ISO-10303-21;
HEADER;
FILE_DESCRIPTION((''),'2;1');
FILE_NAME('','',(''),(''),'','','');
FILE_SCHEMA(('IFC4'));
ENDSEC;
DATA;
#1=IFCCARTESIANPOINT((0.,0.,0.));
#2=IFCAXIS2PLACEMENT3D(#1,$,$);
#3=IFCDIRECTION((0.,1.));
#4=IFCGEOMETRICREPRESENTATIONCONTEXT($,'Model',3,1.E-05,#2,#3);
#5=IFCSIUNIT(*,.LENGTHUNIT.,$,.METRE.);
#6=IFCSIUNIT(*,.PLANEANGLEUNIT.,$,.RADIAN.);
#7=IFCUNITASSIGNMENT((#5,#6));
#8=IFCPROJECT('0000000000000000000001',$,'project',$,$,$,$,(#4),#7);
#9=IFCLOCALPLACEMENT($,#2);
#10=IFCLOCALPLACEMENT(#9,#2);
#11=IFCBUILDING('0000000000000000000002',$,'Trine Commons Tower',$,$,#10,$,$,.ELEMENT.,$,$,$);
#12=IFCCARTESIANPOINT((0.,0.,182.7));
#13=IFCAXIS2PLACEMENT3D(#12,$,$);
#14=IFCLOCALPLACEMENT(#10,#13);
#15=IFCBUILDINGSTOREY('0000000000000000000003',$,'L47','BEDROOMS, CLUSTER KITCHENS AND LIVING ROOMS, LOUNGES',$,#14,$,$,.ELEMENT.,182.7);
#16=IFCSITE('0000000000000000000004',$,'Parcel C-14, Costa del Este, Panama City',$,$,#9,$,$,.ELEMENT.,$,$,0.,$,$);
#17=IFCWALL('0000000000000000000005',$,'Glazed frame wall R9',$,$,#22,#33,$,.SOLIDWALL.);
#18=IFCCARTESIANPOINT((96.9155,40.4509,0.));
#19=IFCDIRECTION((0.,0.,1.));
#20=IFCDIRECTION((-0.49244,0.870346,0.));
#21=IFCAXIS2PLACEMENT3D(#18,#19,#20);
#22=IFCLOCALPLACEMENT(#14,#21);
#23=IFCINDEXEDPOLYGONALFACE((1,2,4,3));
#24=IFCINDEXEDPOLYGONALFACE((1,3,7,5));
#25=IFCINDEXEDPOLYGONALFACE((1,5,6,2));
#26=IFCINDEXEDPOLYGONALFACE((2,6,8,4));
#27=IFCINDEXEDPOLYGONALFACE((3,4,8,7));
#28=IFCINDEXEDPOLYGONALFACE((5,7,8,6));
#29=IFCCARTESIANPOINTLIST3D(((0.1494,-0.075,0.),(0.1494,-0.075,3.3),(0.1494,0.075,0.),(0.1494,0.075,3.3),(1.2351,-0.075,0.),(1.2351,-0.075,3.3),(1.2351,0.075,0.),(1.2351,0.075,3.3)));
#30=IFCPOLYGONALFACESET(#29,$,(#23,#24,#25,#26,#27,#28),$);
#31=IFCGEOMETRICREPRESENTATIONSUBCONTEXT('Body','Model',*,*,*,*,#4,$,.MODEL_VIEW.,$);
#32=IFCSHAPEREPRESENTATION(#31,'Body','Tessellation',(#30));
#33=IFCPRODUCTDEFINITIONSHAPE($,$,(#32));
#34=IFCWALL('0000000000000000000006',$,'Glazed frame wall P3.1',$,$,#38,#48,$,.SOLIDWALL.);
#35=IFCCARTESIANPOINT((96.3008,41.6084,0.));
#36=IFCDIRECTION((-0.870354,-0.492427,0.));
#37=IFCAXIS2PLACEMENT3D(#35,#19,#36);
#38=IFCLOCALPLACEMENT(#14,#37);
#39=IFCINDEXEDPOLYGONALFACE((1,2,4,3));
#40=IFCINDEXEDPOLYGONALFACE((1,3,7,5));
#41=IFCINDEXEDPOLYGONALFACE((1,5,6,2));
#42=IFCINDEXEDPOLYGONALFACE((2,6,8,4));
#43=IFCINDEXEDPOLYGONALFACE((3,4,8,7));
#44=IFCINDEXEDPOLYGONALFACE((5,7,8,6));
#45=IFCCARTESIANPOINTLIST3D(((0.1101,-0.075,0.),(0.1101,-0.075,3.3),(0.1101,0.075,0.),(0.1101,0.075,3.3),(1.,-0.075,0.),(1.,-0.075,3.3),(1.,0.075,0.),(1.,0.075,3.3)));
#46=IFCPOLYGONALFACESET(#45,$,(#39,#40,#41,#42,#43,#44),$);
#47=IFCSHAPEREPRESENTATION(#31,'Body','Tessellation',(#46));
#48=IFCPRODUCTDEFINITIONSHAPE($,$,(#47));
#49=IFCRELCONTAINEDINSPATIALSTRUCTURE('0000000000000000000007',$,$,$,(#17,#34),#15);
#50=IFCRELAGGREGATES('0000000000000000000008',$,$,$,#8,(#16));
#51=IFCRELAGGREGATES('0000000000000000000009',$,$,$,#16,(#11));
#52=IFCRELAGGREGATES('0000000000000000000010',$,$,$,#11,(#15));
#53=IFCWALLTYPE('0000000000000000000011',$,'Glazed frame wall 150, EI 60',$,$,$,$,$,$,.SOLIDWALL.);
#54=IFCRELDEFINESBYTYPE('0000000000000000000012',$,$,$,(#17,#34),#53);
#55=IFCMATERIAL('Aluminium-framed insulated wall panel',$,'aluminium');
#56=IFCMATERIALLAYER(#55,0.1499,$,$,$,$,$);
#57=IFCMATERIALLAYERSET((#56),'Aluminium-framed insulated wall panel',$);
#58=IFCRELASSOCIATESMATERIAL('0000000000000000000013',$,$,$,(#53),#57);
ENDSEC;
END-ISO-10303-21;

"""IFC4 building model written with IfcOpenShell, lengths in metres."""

from ifc_helpers import new_model, si_unit, direction, frame, origin, place, context, subcontext, project, spatial, polyline, outline, extrude, material, layer, layer_set, type_object, element, save


model = new_model("IFC4")

# Units and contexts
model_context = context("Model", 3, precision=1e-05, world=origin(), true_north=direction((0.0, 1.0)))
body_context = subcontext(model_context, "Body", "Model", "MODEL_VIEW")
ifc_project = project(units=[si_unit("LENGTHUNIT", "METRE"), si_unit("PLANEANGLEUNIT", "RADIAN")], contexts=[model_context])

# Site, building, storey
site_placement = place(None, origin())
site = spatial("IfcSite", under=ifc_project, at=site_placement, Name="Parcel C-14, Costa del Este, Panama City", CompositionType="ELEMENT", RefElevation=0.0)
building_placement = place(site_placement, origin())
building = spatial("IfcBuilding", under=site, at=building_placement, Name="Trine Commons Tower", CompositionType="ELEMENT")
storey_placement = place(building_placement, frame((0.0, 0.0, 182.7)))
storey = spatial("IfcBuildingStorey", under=building, at=storey_placement, Name="L47", Description="BEDROOMS, CLUSTER KITCHENS AND LIVING ROOMS, LOUNGES", CompositionType="ELEMENT", Elevation=182.7)

# Walls
ifc_material_1 = material(Name="Aluminium-framed insulated wall panel", Category="aluminium")
ifc_layer_1 = layer(ifc_material_1, 0.1499)
ifc_layer_set_1 = layer_set([ifc_layer_1], Name="Aluminium-framed insulated wall panel")
wall_type_1 = type_object("IfcWallType", Name="Glazed frame wall 150, EI 60", PredefinedType="SOLIDWALL", material=ifc_layer_set_1)
wall_1_placement = place(storey_placement, frame((96.9155, 40.4509, 0.0), z_axis=(0.0, 0.0, 1.0), x_axis=(-0.49244, 0.870346, 0.0)))
element("IfcWall", 1, at=wall_1_placement, inside=storey, type_object=wall_type_1, Name="Glazed frame wall R9", PredefinedType="SOLIDWALL", context=body_context, shape_type="SweptSolid", body=[
    extrude(outline(polyline([(0.1494, 0.075), (0.1494, -0.075), (1.2351, -0.075), (1.2351, 0.075), (0.1494, 0.075)])), origin(), (0.0, 0.0, 1.0), 3.3),
])
wall_2_placement = place(storey_placement, frame((96.3008, 41.6084, 0.0), z_axis=(0.0, 0.0, 1.0), x_axis=(-0.870354, -0.492427, 0.0)))
element("IfcWall", 2, at=wall_2_placement, inside=storey, type_object=wall_type_1, Name="Glazed frame wall P3.1", PredefinedType="SOLIDWALL", context=body_context, shape_type="SweptSolid", body=[
    extrude(outline(polyline([(0.1101, -0.075), (1.0, -0.075), (1.0, 0.075), (0.1101, 0.075), (0.1101, -0.075)])), origin(), (0.0, 0.0, 1.0), 3.3),
])

save(model, "model.ifc")
